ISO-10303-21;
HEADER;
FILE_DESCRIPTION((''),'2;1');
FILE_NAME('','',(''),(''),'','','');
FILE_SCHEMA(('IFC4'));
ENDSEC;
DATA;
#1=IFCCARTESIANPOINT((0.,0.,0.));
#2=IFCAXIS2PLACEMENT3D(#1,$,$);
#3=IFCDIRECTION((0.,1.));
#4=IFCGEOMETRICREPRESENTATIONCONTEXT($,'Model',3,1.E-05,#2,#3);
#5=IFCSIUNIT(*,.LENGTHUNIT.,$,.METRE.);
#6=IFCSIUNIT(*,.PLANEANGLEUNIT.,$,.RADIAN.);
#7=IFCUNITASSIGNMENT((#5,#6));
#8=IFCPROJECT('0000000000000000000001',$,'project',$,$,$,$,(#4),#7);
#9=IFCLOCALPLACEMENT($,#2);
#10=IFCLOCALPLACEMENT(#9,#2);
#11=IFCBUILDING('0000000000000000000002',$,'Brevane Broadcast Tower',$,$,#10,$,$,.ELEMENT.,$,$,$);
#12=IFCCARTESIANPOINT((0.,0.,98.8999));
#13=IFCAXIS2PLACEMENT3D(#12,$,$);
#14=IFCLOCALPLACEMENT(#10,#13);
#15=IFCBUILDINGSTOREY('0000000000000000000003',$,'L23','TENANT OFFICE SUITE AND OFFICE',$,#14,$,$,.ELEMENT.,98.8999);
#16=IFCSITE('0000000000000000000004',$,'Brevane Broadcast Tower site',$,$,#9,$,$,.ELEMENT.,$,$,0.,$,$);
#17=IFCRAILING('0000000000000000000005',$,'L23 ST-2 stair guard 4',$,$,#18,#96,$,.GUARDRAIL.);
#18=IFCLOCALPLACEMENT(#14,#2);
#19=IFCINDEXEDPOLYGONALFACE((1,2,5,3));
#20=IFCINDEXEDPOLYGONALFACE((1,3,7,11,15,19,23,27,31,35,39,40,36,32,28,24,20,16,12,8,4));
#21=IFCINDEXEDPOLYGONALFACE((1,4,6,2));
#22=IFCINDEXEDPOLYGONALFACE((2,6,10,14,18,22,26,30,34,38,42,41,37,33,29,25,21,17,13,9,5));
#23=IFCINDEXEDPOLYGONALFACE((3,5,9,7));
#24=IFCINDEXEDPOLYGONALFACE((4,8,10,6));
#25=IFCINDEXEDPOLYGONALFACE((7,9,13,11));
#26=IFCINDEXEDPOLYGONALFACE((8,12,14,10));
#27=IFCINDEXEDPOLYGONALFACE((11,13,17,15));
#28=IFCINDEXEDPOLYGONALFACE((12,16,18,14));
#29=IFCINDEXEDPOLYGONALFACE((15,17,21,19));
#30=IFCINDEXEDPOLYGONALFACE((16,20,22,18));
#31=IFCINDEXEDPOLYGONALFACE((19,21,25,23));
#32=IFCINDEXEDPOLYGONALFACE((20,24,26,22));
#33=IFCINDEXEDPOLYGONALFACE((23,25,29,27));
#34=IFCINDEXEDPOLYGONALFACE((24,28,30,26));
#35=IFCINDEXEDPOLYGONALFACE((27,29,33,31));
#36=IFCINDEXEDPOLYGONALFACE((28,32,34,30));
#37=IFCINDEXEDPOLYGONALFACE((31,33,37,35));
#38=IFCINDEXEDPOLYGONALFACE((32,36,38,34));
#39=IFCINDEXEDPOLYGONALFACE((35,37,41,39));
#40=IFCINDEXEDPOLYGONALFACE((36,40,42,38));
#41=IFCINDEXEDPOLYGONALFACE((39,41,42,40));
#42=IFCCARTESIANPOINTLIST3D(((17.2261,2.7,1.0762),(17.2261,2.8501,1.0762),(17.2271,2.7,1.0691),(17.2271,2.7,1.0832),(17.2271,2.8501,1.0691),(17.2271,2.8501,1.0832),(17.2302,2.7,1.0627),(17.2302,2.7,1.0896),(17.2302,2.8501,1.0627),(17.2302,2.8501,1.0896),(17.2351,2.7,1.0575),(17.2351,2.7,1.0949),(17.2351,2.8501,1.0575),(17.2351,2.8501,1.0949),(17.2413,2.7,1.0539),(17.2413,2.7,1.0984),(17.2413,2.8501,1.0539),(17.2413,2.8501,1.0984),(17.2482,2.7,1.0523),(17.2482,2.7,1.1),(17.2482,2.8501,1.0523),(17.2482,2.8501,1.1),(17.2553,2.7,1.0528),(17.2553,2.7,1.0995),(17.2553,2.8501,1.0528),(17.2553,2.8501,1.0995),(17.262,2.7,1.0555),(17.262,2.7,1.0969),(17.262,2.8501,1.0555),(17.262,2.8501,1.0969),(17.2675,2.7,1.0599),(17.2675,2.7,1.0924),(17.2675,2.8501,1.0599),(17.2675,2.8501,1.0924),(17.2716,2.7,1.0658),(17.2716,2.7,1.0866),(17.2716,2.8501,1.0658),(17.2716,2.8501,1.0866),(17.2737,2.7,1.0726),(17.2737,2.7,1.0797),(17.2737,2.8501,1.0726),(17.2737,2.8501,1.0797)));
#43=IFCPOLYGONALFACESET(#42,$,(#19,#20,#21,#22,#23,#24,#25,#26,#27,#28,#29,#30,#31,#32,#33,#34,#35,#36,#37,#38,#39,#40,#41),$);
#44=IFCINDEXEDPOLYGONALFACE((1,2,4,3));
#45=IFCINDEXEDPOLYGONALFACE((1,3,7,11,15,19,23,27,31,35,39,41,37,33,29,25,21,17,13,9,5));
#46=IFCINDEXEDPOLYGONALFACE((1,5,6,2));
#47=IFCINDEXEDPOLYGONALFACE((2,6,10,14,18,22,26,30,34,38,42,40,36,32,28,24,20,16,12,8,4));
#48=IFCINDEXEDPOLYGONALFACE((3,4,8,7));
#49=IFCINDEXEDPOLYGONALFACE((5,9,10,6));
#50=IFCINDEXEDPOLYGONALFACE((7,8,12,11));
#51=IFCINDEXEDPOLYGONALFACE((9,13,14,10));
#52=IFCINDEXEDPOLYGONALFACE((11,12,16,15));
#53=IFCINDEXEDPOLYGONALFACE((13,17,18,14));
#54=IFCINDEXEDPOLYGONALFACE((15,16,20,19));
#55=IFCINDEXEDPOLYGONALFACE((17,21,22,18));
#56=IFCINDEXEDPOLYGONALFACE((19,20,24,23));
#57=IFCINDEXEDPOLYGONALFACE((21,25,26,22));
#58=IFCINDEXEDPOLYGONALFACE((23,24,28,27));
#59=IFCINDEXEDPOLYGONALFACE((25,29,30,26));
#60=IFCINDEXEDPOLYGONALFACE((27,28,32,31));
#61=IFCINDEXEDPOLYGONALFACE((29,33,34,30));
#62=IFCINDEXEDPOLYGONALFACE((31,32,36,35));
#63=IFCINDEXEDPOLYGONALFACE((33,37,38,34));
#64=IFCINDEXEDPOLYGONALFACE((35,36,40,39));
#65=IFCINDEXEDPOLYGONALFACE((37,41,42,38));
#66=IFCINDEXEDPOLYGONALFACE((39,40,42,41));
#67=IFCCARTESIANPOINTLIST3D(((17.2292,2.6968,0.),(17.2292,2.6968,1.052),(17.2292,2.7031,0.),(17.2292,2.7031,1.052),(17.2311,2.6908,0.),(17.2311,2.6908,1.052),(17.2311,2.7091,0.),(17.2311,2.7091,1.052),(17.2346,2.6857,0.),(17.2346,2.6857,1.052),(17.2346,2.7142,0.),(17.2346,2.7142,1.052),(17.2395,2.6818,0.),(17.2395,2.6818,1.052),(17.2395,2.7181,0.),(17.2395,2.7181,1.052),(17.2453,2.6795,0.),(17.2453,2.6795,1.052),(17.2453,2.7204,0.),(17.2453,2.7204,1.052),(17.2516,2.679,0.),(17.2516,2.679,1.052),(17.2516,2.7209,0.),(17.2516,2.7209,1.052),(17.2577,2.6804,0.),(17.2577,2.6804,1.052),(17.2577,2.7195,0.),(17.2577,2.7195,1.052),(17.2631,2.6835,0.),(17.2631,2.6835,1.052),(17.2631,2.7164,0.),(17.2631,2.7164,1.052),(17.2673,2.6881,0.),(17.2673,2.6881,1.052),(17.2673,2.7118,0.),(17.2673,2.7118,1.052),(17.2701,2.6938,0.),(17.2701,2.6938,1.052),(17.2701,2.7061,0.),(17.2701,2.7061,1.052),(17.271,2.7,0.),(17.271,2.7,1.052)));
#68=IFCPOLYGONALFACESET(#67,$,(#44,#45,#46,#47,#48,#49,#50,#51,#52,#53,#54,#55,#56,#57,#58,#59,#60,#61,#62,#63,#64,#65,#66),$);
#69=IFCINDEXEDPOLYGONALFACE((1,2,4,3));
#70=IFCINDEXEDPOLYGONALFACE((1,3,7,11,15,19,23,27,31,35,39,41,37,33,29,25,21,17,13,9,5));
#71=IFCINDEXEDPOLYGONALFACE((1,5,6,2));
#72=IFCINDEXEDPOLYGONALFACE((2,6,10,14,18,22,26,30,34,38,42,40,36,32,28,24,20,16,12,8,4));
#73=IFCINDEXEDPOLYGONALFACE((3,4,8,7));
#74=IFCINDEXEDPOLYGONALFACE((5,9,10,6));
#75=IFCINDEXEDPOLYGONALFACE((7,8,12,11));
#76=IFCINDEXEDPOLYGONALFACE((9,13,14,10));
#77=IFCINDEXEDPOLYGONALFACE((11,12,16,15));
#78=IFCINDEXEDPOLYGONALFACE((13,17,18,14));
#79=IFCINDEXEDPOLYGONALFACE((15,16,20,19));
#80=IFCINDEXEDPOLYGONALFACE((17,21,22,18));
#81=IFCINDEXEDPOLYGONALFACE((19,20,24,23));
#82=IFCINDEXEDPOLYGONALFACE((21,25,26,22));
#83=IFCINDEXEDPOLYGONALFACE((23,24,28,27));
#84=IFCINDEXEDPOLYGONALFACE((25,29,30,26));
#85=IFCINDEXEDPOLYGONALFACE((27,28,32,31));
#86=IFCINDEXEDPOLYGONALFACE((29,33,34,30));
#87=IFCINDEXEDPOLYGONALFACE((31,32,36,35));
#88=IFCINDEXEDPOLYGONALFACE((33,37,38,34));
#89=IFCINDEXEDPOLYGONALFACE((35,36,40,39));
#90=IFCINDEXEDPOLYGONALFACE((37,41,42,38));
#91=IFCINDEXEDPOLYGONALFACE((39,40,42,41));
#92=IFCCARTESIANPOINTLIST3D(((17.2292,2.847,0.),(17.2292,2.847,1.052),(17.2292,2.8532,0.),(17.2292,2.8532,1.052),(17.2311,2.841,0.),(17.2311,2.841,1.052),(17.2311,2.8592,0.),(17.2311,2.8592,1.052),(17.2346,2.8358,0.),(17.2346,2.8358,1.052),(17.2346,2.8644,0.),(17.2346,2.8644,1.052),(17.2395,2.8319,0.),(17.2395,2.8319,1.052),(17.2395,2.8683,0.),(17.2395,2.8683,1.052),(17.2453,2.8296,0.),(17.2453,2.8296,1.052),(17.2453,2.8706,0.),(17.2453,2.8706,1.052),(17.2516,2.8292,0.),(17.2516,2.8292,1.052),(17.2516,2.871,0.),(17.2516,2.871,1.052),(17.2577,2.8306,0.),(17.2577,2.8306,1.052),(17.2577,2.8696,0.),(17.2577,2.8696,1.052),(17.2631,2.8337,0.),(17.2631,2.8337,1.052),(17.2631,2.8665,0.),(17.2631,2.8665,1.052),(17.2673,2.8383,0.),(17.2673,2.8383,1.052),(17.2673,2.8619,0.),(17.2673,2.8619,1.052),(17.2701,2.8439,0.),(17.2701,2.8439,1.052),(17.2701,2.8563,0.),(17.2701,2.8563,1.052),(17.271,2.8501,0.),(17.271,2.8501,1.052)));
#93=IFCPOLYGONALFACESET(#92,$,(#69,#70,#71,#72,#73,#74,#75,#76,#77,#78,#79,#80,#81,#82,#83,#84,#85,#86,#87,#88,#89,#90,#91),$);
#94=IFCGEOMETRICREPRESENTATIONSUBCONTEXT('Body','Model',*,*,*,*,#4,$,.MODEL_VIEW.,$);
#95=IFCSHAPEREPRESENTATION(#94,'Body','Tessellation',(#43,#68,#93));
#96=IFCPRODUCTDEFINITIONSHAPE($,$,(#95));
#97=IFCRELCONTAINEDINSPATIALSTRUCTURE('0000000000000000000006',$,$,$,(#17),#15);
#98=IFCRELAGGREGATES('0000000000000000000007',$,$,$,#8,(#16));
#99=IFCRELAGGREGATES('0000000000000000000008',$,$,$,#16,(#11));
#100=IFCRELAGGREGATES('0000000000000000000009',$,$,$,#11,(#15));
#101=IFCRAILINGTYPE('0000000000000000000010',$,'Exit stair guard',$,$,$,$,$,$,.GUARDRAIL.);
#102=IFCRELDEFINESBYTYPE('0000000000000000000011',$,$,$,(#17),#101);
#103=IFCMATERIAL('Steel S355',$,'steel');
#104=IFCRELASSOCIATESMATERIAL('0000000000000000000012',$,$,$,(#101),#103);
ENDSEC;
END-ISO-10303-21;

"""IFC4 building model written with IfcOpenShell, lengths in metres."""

from ifc_helpers import new_model, si_unit, direction, frame, origin, origin_2d, place, context, subcontext, project, spatial, circle, extrude, material, type_object, element, save


model = new_model("IFC4")

# Units and contexts
model_context = context("Model", 3, precision=1e-05, world=origin(), true_north=direction((0.0, 1.0)))
body_context = subcontext(model_context, "Body", "Model", "MODEL_VIEW")
ifc_project = project(units=[si_unit("LENGTHUNIT", "METRE"), si_unit("PLANEANGLEUNIT", "RADIAN")], contexts=[model_context])

# Site, building, storey
site_placement = place(None, origin())
site = spatial("IfcSite", under=ifc_project, at=site_placement, Name="Brevane Broadcast Tower site", CompositionType="ELEMENT", RefElevation=0.0)
building_placement = place(site_placement, origin())
building = spatial("IfcBuilding", under=site, at=building_placement, Name="Brevane Broadcast Tower", CompositionType="ELEMENT")
storey_placement = place(building_placement, frame((0.0, 0.0, 98.8999)))
storey = spatial("IfcBuildingStorey", under=building, at=storey_placement, Name="L23", Description="TENANT OFFICE SUITE AND OFFICE", CompositionType="ELEMENT", Elevation=98.8999)

# Railing
ifc_material_1 = material(Name="Steel S355", Category="steel")
railing_type = type_object("IfcRailingType", Name="Exit stair guard", PredefinedType="GUARDRAIL", material=ifc_material_1)
railing_placement = place(storey_placement, frame((17.25, 2.7, 0.0)))
element("IfcRailing", 1, at=railing_placement, inside=storey, type_object=railing_type, Name="L23 ST-2 stair guard 4", PredefinedType="GUARDRAIL", context=body_context, shape_type="SweptSolid", body=[
    extrude(circle(Radius=0.0239, at=origin_2d()), frame((0.0, 0.0, 1.0762), z_axis=(0.0, 1.0, 0.0), x_axis=(-1.0, 0.0, 0.0)), (0.0, 0.0, 1.0), 0.1501),
    extrude(circle(Radius=0.021, at=origin_2d()), origin(), (0.0, 0.0, 1.0), 1.052),
    extrude(circle(Radius=0.021, at=origin_2d()), frame((0.0, 0.1501, 0.0)), (0.0, 0.0, 1.0), 1.052),
])

save(model, "model.ifc")
